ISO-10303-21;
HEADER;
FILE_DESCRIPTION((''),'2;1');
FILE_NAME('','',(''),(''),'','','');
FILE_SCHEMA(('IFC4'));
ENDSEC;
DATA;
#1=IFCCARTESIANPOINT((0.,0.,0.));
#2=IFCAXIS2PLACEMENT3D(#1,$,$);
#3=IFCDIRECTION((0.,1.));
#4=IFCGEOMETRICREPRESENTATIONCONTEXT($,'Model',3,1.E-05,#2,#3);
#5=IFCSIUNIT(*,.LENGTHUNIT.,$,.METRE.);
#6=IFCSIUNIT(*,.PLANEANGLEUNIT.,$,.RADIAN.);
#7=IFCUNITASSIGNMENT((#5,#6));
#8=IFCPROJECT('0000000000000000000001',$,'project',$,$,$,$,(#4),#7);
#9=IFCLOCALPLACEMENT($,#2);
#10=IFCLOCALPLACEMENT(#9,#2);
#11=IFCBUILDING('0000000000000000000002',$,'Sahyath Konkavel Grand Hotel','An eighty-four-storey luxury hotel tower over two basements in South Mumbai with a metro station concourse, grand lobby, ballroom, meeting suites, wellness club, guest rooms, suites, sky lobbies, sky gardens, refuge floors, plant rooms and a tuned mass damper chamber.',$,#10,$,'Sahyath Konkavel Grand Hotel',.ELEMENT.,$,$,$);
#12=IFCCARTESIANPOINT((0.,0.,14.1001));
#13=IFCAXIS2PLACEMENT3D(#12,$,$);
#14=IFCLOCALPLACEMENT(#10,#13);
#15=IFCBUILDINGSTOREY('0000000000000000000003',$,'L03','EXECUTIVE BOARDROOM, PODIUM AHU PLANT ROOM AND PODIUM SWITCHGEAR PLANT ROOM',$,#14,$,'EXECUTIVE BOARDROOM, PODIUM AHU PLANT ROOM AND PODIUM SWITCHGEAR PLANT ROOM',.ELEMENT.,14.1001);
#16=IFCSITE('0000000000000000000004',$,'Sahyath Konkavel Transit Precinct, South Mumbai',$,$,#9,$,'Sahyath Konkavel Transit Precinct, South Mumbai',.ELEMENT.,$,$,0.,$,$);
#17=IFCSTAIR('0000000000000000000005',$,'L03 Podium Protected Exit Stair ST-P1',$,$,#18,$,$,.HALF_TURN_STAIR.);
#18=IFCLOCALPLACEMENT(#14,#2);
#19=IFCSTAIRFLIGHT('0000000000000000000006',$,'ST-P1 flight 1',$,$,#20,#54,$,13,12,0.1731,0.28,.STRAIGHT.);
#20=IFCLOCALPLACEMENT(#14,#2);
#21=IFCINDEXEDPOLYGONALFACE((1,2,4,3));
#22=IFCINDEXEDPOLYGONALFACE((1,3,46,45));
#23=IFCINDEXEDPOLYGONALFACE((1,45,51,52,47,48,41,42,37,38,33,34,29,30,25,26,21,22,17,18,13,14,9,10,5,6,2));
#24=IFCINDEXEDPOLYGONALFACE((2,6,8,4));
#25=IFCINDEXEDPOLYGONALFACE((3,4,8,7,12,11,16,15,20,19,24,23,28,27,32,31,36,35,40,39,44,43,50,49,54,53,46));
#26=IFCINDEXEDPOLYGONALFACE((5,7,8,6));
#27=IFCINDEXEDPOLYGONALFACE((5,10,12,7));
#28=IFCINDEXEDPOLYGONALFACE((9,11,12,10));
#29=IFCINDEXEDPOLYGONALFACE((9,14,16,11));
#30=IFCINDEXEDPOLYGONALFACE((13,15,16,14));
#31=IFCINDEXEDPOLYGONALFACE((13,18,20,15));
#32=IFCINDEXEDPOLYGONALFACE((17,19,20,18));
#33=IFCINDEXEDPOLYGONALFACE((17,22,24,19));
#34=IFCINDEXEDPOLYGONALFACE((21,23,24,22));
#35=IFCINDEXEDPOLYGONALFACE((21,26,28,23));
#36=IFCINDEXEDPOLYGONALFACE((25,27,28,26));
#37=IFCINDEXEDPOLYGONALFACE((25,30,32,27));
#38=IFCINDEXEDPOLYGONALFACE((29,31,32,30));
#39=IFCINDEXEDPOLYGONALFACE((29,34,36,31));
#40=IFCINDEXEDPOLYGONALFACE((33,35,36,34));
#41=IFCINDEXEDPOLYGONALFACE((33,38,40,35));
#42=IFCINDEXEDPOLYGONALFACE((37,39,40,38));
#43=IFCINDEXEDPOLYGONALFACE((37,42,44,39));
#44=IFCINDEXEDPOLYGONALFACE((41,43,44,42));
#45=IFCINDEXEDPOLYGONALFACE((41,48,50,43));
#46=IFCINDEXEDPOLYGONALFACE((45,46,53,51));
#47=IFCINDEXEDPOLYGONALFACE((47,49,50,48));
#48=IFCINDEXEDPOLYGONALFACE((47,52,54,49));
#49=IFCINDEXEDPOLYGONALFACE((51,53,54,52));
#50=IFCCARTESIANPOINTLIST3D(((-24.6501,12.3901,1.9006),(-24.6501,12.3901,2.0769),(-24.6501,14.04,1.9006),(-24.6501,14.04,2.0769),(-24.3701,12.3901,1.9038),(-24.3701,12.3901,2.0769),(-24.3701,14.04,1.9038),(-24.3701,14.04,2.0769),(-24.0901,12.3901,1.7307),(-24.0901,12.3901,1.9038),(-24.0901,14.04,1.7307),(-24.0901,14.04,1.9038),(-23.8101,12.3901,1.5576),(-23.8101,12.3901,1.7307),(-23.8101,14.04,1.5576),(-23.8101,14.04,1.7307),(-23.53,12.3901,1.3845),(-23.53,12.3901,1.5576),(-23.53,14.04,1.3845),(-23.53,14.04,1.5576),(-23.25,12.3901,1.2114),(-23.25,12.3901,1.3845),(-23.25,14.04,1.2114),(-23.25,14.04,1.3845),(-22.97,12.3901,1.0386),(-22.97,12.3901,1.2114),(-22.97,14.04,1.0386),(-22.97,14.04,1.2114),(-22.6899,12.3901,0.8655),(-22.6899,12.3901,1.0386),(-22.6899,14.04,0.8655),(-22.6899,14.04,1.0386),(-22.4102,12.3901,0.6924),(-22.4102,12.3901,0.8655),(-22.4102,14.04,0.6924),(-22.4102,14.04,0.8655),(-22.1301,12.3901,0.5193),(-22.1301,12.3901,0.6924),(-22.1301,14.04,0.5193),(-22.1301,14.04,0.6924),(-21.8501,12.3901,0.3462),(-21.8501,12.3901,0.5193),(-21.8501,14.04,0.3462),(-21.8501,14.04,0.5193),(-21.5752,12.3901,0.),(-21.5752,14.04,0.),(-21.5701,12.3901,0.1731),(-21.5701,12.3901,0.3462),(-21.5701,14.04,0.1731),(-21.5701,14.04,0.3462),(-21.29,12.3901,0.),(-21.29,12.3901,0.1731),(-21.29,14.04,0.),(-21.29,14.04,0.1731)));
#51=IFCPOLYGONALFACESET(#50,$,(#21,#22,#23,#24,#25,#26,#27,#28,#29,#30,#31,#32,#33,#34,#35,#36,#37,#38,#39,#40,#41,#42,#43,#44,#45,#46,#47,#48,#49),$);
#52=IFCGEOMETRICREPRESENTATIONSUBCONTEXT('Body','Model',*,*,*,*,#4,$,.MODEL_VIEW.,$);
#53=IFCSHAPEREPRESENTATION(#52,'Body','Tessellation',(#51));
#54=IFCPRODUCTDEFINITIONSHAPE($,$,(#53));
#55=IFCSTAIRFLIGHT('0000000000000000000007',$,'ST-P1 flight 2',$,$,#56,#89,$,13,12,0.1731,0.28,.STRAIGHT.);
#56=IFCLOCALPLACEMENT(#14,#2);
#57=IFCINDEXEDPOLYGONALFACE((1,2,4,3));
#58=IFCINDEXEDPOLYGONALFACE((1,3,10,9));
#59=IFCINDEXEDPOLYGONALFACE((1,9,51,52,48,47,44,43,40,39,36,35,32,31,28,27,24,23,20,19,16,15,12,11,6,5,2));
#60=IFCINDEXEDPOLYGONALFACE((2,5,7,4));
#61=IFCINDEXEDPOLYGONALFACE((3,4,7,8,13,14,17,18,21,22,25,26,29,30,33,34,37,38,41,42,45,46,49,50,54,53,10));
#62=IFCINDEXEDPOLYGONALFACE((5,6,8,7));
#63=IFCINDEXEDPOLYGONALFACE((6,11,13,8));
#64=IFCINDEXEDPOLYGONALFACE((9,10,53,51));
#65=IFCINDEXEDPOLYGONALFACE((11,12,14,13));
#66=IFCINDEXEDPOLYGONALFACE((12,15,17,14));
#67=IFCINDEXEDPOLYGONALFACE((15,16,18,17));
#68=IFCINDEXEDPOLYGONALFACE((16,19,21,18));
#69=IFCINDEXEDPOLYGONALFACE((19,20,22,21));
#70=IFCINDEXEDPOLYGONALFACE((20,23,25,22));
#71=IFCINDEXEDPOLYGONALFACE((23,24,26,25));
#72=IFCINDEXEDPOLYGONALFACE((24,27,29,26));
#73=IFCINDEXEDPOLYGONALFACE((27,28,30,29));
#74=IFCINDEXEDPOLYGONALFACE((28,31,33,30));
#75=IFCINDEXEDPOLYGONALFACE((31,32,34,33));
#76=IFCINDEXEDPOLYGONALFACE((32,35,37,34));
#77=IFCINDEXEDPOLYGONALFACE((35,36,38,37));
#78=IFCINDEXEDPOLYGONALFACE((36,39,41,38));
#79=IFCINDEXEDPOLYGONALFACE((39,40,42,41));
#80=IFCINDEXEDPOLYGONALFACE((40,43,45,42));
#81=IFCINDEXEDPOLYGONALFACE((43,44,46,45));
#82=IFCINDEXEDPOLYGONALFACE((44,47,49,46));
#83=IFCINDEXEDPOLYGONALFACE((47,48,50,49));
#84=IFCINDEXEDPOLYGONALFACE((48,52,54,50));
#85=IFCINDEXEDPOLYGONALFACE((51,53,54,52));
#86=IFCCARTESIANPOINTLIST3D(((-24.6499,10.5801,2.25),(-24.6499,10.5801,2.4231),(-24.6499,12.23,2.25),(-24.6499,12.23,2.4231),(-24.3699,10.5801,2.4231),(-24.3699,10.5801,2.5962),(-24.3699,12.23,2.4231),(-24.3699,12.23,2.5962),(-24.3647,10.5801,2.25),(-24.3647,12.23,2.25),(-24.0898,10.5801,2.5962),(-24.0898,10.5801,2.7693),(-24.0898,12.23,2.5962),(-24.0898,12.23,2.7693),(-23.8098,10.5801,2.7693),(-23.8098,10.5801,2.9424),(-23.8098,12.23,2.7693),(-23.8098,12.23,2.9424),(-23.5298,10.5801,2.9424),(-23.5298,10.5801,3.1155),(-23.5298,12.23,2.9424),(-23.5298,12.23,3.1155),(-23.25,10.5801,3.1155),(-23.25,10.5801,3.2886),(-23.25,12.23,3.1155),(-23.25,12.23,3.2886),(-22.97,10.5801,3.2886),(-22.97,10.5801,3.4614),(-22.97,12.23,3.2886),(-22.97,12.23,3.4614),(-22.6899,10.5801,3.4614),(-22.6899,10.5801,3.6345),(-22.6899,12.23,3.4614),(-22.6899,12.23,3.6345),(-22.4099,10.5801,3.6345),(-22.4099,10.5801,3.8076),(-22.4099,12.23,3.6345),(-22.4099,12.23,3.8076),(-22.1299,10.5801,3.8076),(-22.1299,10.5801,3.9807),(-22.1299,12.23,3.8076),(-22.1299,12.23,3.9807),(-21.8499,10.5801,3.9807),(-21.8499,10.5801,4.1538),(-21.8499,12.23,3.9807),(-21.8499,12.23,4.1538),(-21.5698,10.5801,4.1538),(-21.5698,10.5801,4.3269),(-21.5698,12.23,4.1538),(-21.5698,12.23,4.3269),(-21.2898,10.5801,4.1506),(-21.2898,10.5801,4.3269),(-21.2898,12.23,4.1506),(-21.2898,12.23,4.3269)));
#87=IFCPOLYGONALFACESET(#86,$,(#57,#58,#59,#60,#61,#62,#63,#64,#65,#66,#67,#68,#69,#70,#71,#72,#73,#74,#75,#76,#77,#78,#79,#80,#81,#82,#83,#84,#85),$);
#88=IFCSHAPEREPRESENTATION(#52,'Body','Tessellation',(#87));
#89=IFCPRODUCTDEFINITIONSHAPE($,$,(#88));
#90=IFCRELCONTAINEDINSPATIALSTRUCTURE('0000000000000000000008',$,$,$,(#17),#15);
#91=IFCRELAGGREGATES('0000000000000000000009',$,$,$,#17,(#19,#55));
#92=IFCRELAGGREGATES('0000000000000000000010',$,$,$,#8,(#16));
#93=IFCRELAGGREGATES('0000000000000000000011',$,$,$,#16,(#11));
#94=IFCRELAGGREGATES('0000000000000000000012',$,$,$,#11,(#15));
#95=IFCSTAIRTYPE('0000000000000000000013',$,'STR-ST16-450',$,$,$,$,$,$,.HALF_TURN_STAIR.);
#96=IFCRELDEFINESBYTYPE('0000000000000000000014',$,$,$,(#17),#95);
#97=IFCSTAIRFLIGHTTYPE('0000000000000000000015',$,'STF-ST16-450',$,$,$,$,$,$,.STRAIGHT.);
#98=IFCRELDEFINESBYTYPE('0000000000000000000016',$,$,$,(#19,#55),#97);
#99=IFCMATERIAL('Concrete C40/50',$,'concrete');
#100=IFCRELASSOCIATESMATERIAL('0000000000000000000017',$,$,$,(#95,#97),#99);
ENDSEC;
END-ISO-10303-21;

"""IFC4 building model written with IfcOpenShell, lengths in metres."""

from ifc_helpers import new_model, si_unit, direction, frame, origin, place, context, subcontext, project, spatial, polyline, outline, extrude, material, type_object, element, aggregate, save


model = new_model("IFC4")

# Units and contexts
model_context = context("Model", 3, precision=1e-05, world=origin(), true_north=direction((0.0, 1.0)))
body_context = subcontext(model_context, "Body", "Model", "MODEL_VIEW")
ifc_project = project(units=[si_unit("LENGTHUNIT", "METRE"), si_unit("PLANEANGLEUNIT", "RADIAN")], contexts=[model_context])

# Site, building, storey
site_placement = place(None, origin())
site = spatial("IfcSite", under=ifc_project, at=site_placement, Name="Sahyath Konkavel Transit Precinct, South Mumbai", LongName="Sahyath Konkavel Transit Precinct, South Mumbai", CompositionType="ELEMENT", RefElevation=0.0)
building_placement = place(site_placement, origin())
building = spatial("IfcBuilding", under=site, at=building_placement, Name="Sahyath Konkavel Grand Hotel", Description="An eighty-four-storey luxury hotel tower over two basements in South Mumbai with a metro station concourse, grand lobby, ballroom, meeting suites, wellness club, guest rooms, suites, sky lobbies, sky gardens, refuge floors, plant rooms and a tuned mass damper chamber.", LongName="Sahyath Konkavel Grand Hotel", CompositionType="ELEMENT")
storey_placement = place(building_placement, frame((0.0, 0.0, 14.1001)))
storey = spatial("IfcBuildingStorey", under=building, at=storey_placement, Name="L03", Description="EXECUTIVE BOARDROOM, PODIUM AHU PLANT ROOM AND PODIUM SWITCHGEAR PLANT ROOM", LongName="EXECUTIVE BOARDROOM, PODIUM AHU PLANT ROOM AND PODIUM SWITCHGEAR PLANT ROOM", CompositionType="ELEMENT", Elevation=14.1001)

# Shared definitions
ifc_material_1 = material(Name="Concrete C40/50", Category="concrete")

# Stair, stair flights
stair_type = type_object("IfcStairType", Name="STR-ST16-450", PredefinedType="HALF_TURN_STAIR", material=ifc_material_1)
stair_placement = place(storey_placement, origin())
stair = element("IfcStair", 1, at=stair_placement, inside=storey, type_object=stair_type, Name="L03 Podium Protected Exit Stair ST-P1", PredefinedType="HALF_TURN_STAIR")
stair_flight_type = type_object("IfcStairFlightType", Name="STF-ST16-450", PredefinedType="STRAIGHT", material=ifc_material_1)
stair_flight_1_placement = place(storey_placement, frame((-21.29, 13.2151, 0.0), z_axis=(0.0, 0.0, 1.0), x_axis=(-1.0, 0.0, 0.0)))
stair_flight_1 = element("IfcStairFlight", 2, at=stair_flight_1_placement, type_object=stair_flight_type, Name="ST-P1 flight 1", NumberOfRisers=13, NumberOfTreads=12, PredefinedType="STRAIGHT", RiserHeight=0.1731, TreadLength=0.28, context=body_context, shape_type="SweptSolid", body=[
    extrude(outline(polyline([(0.0, 0.0), (0.0, 0.1731), (0.28, 0.1731), (0.28, 0.3462), (0.5601, 0.3462), (0.5601, 0.5193), (0.8401, 0.5193), (0.8401, 0.6924), (1.1201, 0.6924), (1.1201, 0.8655), (1.3999, 0.8655), (1.3999, 1.0386), (1.6799, 1.0386), (1.6799, 1.2114), (1.96, 1.2114), (1.96, 1.3845), (2.24, 1.3845), (2.24, 1.5576), (2.52, 1.5576), (2.52, 1.7307), (2.8, 1.7307), (2.8, 1.9038), (3.0801, 1.9038), (3.0801, 2.0769), (3.3601, 2.0769), (3.3601, 2.25), (3.3601, 1.9006), (0.2852, 0.0), (0.0, 0.0)])), frame((0.0, 0.825, 0.0), z_axis=(0.0, -1.0, 0.0), x_axis=(1.0, 0.0, 0.0)), (0.0, 0.0, 1.0), 1.6499),
])
stair_flight_2_placement = place(storey_placement, frame((-24.6499, 11.405, 2.25), z_axis=(0.0, 0.0, 1.0), x_axis=(1.0, 0.0, 0.0)))
stair_flight_2 = element("IfcStairFlight", 3, at=stair_flight_2_placement, type_object=stair_flight_type, Name="ST-P1 flight 2", NumberOfRisers=13, NumberOfTreads=12, PredefinedType="STRAIGHT", RiserHeight=0.1731, TreadLength=0.28, context=body_context, shape_type="SweptSolid", body=[
    extrude(outline(polyline([(0.0, 0.0), (0.0, 0.1731), (0.28, 0.1731), (0.28, 0.3462), (0.5601, 0.3462), (0.5601, 0.5193), (0.8401, 0.5193), (0.8401, 0.6924), (1.1201, 0.6924), (1.1201, 0.8655), (1.3999, 0.8655), (1.3999, 1.0386), (1.6799, 1.0386), (1.6799, 1.2114), (1.96, 1.2114), (1.96, 1.3845), (2.24, 1.3845), (2.24, 1.5576), (2.52, 1.5576), (2.52, 1.7307), (2.8, 1.7307), (2.8, 1.9038), (3.0801, 1.9038), (3.0801, 2.0769), (3.3601, 2.0769), (3.3601, 2.25), (3.3601, 1.9006), (0.2852, 0.0), (0.0, 0.0)])), frame((0.0, 0.825, 0.0), z_axis=(0.0, -1.0, 0.0), x_axis=(1.0, 0.0, 0.0)), (0.0, 0.0, 1.0), 1.6499),
])
aggregate(stair, [stair_flight_1, stair_flight_2])

save(model, "model.ifc")
